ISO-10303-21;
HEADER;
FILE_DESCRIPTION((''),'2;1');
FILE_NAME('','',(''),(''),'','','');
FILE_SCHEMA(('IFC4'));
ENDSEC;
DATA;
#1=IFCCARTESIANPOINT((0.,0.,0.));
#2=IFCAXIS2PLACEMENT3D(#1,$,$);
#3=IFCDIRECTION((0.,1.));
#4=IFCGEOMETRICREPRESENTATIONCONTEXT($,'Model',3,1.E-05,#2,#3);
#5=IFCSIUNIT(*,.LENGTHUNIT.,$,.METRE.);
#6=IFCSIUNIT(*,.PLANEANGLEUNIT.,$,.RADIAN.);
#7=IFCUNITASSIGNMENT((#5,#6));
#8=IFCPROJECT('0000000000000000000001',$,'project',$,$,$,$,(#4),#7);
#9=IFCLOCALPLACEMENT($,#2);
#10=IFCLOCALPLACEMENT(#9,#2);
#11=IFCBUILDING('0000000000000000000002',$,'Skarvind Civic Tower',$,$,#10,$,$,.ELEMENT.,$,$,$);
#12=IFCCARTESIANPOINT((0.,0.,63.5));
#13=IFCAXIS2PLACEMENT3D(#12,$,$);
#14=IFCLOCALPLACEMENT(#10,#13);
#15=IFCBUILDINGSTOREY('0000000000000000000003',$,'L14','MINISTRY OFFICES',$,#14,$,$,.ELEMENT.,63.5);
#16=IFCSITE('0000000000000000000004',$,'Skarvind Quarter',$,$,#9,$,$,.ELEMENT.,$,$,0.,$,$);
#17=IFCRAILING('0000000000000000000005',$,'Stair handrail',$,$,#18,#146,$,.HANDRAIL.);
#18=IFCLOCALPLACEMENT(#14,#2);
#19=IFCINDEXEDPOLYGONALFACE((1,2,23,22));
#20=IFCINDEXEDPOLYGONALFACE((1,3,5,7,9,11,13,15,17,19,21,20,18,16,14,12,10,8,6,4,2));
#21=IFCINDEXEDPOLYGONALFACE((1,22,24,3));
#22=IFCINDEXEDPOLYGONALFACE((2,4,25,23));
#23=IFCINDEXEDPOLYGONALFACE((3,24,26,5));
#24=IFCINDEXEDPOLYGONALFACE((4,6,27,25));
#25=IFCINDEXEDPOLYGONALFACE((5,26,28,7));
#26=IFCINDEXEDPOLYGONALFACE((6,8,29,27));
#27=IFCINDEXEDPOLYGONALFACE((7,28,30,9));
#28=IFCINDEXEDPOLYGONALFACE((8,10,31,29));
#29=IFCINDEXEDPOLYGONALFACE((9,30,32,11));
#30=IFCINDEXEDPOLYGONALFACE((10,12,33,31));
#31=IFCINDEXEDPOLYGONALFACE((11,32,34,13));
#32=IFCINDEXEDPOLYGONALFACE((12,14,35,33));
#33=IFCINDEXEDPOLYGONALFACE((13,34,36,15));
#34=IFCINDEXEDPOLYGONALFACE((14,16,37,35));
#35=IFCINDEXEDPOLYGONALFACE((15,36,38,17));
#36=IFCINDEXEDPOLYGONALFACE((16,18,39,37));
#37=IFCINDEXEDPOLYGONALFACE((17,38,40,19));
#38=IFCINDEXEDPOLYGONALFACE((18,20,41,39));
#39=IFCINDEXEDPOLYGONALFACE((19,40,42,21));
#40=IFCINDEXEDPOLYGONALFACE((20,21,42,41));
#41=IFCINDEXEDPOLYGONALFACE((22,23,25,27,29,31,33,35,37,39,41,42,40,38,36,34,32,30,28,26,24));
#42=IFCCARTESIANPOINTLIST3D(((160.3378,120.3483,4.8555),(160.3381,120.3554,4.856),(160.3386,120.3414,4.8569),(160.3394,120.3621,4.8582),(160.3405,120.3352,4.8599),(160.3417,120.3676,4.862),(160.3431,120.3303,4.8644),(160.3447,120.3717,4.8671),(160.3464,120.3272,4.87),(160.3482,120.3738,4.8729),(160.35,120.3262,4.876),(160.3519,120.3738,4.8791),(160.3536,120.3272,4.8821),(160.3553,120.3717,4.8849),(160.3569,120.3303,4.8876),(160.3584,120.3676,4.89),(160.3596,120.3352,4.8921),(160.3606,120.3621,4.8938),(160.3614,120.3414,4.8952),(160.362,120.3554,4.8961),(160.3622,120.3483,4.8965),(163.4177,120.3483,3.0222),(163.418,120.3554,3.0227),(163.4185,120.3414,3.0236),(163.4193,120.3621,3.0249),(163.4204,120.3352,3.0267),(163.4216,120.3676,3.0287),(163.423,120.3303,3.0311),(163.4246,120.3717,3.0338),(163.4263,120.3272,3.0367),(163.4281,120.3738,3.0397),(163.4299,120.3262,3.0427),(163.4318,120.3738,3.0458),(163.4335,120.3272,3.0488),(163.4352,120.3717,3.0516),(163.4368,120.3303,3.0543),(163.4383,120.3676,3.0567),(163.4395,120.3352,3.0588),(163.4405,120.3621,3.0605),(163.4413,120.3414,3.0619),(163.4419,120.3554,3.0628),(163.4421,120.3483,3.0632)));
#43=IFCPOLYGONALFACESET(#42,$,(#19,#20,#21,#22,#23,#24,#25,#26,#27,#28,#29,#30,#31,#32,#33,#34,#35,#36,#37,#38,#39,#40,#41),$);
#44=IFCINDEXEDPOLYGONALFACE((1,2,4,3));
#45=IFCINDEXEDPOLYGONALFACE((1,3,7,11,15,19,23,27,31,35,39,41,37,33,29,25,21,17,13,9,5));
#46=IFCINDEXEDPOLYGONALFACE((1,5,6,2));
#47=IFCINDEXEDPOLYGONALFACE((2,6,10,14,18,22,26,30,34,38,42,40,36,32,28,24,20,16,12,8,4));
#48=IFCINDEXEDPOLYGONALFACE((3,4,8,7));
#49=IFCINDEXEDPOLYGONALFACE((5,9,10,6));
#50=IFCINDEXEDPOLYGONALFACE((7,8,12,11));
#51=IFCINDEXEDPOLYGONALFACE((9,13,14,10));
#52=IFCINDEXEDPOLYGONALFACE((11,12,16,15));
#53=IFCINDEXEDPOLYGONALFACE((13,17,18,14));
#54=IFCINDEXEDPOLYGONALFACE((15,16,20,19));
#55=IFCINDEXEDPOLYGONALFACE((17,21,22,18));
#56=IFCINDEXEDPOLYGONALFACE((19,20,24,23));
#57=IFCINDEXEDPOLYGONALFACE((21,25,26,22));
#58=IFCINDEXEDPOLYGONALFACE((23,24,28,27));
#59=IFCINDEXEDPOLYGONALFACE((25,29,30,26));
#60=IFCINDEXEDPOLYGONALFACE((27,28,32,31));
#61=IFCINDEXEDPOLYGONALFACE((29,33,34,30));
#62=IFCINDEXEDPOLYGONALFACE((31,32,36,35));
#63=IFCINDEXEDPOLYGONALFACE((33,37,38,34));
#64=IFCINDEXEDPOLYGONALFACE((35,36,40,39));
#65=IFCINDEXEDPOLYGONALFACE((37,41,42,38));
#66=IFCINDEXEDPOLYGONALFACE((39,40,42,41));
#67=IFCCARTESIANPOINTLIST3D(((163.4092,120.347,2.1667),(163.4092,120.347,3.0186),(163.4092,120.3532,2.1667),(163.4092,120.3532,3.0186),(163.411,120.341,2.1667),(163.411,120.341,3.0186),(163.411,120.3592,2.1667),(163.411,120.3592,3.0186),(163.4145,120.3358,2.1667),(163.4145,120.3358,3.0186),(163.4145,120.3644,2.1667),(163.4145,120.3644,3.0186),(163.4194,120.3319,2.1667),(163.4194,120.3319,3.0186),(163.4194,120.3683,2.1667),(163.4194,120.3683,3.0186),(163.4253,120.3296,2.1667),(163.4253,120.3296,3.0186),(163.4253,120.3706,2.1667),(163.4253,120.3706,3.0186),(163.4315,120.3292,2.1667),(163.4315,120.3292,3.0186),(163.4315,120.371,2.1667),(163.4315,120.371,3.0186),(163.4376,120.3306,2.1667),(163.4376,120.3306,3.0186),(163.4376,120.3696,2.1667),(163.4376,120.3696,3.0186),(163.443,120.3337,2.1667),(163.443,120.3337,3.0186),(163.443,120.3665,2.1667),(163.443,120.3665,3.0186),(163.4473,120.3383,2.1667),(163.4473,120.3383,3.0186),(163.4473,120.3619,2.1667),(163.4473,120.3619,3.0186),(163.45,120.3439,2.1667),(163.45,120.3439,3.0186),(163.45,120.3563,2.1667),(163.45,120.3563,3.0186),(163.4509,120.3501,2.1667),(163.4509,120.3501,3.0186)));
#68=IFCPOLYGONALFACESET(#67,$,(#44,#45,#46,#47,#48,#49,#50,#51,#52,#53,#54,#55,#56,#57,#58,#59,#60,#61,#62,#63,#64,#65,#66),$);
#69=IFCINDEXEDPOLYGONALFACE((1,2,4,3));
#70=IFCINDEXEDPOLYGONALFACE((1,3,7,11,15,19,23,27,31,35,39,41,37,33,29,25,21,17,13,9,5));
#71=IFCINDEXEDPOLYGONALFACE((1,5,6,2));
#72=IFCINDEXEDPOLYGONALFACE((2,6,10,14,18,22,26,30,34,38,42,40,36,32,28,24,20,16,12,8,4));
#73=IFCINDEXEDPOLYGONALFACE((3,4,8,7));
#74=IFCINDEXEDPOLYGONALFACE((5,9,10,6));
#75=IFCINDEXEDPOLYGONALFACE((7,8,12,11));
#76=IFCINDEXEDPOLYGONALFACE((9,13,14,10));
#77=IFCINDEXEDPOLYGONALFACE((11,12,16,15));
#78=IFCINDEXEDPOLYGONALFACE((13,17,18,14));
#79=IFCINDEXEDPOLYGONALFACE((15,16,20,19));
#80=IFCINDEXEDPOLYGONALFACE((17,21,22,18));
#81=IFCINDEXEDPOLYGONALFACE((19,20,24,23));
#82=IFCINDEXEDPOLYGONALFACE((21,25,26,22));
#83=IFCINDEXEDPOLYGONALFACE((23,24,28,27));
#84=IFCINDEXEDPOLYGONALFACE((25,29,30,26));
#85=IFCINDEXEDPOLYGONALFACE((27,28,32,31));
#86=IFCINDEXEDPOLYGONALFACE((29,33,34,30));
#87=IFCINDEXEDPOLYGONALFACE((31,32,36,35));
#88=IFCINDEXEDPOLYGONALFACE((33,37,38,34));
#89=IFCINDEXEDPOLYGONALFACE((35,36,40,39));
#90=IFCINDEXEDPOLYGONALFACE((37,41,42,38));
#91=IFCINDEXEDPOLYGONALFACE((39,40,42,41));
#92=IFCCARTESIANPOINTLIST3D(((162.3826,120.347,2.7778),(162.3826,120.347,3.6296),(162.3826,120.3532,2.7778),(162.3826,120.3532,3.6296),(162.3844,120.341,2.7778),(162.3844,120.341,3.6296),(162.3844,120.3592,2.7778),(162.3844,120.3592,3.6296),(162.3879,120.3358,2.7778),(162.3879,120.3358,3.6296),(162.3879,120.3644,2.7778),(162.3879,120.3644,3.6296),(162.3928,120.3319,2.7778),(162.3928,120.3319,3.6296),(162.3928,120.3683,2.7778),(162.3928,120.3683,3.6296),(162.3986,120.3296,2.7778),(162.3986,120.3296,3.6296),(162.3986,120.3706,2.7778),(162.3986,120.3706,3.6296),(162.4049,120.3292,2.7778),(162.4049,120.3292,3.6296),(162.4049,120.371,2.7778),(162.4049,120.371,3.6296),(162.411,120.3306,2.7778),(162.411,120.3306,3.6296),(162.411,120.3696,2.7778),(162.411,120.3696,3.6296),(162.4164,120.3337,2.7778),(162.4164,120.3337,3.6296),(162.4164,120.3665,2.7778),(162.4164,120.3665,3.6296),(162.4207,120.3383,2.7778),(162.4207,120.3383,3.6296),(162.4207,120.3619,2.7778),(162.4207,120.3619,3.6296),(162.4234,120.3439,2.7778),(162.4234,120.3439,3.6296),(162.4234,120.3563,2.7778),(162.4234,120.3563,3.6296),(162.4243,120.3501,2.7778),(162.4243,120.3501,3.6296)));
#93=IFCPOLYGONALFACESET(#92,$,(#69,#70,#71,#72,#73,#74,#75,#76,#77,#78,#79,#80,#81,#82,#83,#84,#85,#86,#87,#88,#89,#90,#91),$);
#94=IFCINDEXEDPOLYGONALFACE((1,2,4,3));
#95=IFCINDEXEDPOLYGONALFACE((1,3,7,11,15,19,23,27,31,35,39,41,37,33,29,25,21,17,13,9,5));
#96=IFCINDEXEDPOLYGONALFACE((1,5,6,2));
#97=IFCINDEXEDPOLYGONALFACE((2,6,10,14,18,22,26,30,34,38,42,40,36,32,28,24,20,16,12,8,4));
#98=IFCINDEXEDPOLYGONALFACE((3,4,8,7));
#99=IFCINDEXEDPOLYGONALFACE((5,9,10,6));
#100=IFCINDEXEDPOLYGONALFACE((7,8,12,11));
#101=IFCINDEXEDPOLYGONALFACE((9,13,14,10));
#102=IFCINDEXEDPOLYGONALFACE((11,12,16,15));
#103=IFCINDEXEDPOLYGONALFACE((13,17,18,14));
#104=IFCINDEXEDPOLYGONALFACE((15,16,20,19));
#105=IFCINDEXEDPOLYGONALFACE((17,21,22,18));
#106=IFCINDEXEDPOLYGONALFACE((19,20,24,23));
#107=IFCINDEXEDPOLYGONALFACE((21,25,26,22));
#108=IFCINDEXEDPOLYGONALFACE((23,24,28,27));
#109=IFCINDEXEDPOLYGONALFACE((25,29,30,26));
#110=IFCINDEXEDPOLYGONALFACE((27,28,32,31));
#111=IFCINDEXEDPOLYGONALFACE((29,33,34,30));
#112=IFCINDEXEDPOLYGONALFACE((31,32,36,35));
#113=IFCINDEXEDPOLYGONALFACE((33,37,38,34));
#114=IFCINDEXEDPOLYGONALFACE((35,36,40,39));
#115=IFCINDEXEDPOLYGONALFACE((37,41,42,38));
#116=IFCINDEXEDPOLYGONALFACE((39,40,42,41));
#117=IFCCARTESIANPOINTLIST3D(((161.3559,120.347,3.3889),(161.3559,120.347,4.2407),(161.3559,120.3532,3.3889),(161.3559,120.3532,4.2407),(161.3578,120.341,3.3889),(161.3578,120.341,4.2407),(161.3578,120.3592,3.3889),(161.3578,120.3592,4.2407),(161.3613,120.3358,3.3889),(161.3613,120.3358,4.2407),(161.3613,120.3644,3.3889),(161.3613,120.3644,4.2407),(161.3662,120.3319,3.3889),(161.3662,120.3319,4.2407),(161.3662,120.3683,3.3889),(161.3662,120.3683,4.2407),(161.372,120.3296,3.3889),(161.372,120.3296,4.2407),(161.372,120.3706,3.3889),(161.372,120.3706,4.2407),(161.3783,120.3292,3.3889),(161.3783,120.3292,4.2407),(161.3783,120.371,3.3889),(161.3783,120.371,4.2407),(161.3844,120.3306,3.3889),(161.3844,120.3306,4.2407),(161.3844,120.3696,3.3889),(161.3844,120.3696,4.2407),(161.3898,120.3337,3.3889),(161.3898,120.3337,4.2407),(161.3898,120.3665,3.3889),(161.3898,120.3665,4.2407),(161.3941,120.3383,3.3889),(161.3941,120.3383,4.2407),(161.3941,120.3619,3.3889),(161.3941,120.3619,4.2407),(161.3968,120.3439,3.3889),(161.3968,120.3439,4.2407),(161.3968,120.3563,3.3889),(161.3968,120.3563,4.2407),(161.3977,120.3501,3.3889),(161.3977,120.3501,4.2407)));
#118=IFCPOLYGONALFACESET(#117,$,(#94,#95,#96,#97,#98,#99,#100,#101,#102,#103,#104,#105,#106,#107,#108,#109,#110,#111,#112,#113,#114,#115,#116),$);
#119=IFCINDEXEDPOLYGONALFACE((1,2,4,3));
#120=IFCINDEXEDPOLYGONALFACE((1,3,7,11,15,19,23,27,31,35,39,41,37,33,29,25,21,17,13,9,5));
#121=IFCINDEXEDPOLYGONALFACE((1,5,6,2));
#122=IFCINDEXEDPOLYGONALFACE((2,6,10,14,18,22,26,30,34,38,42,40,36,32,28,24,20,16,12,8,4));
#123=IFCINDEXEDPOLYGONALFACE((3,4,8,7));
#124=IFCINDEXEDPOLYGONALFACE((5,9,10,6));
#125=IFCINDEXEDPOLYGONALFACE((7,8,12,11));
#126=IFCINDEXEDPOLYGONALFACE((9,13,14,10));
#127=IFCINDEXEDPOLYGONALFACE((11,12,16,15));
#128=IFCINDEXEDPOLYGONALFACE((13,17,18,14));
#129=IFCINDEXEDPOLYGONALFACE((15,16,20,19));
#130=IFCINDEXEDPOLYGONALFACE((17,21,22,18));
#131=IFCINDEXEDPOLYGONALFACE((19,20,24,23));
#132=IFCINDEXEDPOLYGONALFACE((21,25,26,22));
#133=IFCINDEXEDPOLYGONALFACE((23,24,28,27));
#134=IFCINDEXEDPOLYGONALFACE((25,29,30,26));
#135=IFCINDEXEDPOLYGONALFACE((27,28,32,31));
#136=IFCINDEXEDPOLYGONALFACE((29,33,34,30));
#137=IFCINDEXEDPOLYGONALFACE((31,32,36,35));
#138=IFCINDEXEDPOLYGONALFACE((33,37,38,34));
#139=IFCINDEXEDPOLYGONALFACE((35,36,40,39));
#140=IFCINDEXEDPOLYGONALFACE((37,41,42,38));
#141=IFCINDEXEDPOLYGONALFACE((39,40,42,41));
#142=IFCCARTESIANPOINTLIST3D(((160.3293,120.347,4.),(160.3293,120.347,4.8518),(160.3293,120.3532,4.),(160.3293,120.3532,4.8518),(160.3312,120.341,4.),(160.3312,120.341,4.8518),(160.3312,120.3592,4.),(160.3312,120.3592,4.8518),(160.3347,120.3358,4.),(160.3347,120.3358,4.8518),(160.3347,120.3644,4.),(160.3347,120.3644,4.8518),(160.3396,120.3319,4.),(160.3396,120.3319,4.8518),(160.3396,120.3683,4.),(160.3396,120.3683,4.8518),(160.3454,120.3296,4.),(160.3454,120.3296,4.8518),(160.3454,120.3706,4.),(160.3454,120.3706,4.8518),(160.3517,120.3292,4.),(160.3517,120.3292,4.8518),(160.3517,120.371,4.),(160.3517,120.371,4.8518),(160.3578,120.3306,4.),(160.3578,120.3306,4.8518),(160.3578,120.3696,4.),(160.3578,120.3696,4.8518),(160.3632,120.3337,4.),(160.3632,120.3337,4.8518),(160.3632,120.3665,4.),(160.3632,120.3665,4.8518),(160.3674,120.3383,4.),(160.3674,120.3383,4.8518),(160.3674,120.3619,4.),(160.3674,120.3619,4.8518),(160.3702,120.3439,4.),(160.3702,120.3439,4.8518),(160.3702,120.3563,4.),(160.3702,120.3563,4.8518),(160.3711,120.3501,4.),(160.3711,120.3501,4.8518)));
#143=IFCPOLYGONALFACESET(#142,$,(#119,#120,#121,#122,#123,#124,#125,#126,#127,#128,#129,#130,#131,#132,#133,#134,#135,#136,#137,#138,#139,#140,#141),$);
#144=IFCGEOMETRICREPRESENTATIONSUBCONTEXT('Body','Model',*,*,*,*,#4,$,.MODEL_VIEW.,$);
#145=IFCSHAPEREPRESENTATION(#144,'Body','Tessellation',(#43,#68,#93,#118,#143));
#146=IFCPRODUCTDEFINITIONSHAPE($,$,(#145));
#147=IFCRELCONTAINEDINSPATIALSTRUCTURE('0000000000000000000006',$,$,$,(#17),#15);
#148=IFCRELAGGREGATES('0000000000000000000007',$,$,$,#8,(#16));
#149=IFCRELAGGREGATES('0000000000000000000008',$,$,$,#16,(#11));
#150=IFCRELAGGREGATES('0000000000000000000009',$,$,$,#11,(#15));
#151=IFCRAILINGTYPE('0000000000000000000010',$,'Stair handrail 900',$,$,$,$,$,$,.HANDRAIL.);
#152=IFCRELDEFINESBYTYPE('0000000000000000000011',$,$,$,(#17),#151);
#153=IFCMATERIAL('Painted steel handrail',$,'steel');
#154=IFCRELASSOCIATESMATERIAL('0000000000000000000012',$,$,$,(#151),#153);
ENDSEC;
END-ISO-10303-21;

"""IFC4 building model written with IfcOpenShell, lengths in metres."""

from ifc_helpers import new_model, si_unit, direction, frame, origin, origin_2d, place, context, subcontext, project, spatial, circle, extrude, material, type_object, element, save


model = new_model("IFC4")

# Units and contexts
model_context = context("Model", 3, precision=1e-05, world=origin(), true_north=direction((0.0, 1.0)))
body_context = subcontext(model_context, "Body", "Model", "MODEL_VIEW")
ifc_project = project(units=[si_unit("LENGTHUNIT", "METRE"), si_unit("PLANEANGLEUNIT", "RADIAN")], contexts=[model_context])

# Site, building, storey
site_placement = place(None, origin())
site = spatial("IfcSite", under=ifc_project, at=site_placement, Name="Skarvind Quarter", CompositionType="ELEMENT", RefElevation=0.0)
building_placement = place(site_placement, origin())
building = spatial("IfcBuilding", under=site, at=building_placement, Name="Skarvind Civic Tower", CompositionType="ELEMENT")
storey_placement = place(building_placement, frame((0.0, 0.0, 63.5)))
storey = spatial("IfcBuildingStorey", under=building, at=storey_placement, Name="L14", Description="MINISTRY OFFICES", CompositionType="ELEMENT", Elevation=63.5)

# Railing
ifc_material_1 = material(Name="Painted steel handrail", Category="steel")
railing_type = type_object("IfcRailingType", Name="Stair handrail 900", PredefinedType="HANDRAIL", material=ifc_material_1)
railing_placement = place(storey_placement, frame((163.4299, 120.3501, 2.1667)))
element("IfcRailing", 1, at=railing_placement, inside=storey, type_object=railing_type, Name="Stair handrail", PredefinedType="HANDRAIL", context=body_context, shape_type="SweptSolid", body=[
    extrude(circle(Radius=0.0239, at=origin_2d()), frame((0.0, 0.0, 0.876), z_axis=(-0.859291, 0.0, 0.511487), x_axis=(0.0, -1.0, 0.0)), (0.0, 0.0, 1.0), 3.5842),
    extrude(circle(Radius=0.021, at=origin_2d()), origin(), (0.0, 0.0, 1.0), 0.8518),
    extrude(circle(Radius=0.021, at=origin_2d()), frame((-1.0266, 0.0, 0.6111)), (0.0, 0.0, 1.0), 0.8518),
    extrude(circle(Radius=0.021, at=origin_2d()), frame((-2.0532, 0.0, 1.2222)), (0.0, 0.0, 1.0), 0.8518),
    extrude(circle(Radius=0.021, at=origin_2d()), frame((-3.0798, 0.0, 1.8333)), (0.0, 0.0, 1.0), 0.8518),
])

save(model, "model.ifc")
